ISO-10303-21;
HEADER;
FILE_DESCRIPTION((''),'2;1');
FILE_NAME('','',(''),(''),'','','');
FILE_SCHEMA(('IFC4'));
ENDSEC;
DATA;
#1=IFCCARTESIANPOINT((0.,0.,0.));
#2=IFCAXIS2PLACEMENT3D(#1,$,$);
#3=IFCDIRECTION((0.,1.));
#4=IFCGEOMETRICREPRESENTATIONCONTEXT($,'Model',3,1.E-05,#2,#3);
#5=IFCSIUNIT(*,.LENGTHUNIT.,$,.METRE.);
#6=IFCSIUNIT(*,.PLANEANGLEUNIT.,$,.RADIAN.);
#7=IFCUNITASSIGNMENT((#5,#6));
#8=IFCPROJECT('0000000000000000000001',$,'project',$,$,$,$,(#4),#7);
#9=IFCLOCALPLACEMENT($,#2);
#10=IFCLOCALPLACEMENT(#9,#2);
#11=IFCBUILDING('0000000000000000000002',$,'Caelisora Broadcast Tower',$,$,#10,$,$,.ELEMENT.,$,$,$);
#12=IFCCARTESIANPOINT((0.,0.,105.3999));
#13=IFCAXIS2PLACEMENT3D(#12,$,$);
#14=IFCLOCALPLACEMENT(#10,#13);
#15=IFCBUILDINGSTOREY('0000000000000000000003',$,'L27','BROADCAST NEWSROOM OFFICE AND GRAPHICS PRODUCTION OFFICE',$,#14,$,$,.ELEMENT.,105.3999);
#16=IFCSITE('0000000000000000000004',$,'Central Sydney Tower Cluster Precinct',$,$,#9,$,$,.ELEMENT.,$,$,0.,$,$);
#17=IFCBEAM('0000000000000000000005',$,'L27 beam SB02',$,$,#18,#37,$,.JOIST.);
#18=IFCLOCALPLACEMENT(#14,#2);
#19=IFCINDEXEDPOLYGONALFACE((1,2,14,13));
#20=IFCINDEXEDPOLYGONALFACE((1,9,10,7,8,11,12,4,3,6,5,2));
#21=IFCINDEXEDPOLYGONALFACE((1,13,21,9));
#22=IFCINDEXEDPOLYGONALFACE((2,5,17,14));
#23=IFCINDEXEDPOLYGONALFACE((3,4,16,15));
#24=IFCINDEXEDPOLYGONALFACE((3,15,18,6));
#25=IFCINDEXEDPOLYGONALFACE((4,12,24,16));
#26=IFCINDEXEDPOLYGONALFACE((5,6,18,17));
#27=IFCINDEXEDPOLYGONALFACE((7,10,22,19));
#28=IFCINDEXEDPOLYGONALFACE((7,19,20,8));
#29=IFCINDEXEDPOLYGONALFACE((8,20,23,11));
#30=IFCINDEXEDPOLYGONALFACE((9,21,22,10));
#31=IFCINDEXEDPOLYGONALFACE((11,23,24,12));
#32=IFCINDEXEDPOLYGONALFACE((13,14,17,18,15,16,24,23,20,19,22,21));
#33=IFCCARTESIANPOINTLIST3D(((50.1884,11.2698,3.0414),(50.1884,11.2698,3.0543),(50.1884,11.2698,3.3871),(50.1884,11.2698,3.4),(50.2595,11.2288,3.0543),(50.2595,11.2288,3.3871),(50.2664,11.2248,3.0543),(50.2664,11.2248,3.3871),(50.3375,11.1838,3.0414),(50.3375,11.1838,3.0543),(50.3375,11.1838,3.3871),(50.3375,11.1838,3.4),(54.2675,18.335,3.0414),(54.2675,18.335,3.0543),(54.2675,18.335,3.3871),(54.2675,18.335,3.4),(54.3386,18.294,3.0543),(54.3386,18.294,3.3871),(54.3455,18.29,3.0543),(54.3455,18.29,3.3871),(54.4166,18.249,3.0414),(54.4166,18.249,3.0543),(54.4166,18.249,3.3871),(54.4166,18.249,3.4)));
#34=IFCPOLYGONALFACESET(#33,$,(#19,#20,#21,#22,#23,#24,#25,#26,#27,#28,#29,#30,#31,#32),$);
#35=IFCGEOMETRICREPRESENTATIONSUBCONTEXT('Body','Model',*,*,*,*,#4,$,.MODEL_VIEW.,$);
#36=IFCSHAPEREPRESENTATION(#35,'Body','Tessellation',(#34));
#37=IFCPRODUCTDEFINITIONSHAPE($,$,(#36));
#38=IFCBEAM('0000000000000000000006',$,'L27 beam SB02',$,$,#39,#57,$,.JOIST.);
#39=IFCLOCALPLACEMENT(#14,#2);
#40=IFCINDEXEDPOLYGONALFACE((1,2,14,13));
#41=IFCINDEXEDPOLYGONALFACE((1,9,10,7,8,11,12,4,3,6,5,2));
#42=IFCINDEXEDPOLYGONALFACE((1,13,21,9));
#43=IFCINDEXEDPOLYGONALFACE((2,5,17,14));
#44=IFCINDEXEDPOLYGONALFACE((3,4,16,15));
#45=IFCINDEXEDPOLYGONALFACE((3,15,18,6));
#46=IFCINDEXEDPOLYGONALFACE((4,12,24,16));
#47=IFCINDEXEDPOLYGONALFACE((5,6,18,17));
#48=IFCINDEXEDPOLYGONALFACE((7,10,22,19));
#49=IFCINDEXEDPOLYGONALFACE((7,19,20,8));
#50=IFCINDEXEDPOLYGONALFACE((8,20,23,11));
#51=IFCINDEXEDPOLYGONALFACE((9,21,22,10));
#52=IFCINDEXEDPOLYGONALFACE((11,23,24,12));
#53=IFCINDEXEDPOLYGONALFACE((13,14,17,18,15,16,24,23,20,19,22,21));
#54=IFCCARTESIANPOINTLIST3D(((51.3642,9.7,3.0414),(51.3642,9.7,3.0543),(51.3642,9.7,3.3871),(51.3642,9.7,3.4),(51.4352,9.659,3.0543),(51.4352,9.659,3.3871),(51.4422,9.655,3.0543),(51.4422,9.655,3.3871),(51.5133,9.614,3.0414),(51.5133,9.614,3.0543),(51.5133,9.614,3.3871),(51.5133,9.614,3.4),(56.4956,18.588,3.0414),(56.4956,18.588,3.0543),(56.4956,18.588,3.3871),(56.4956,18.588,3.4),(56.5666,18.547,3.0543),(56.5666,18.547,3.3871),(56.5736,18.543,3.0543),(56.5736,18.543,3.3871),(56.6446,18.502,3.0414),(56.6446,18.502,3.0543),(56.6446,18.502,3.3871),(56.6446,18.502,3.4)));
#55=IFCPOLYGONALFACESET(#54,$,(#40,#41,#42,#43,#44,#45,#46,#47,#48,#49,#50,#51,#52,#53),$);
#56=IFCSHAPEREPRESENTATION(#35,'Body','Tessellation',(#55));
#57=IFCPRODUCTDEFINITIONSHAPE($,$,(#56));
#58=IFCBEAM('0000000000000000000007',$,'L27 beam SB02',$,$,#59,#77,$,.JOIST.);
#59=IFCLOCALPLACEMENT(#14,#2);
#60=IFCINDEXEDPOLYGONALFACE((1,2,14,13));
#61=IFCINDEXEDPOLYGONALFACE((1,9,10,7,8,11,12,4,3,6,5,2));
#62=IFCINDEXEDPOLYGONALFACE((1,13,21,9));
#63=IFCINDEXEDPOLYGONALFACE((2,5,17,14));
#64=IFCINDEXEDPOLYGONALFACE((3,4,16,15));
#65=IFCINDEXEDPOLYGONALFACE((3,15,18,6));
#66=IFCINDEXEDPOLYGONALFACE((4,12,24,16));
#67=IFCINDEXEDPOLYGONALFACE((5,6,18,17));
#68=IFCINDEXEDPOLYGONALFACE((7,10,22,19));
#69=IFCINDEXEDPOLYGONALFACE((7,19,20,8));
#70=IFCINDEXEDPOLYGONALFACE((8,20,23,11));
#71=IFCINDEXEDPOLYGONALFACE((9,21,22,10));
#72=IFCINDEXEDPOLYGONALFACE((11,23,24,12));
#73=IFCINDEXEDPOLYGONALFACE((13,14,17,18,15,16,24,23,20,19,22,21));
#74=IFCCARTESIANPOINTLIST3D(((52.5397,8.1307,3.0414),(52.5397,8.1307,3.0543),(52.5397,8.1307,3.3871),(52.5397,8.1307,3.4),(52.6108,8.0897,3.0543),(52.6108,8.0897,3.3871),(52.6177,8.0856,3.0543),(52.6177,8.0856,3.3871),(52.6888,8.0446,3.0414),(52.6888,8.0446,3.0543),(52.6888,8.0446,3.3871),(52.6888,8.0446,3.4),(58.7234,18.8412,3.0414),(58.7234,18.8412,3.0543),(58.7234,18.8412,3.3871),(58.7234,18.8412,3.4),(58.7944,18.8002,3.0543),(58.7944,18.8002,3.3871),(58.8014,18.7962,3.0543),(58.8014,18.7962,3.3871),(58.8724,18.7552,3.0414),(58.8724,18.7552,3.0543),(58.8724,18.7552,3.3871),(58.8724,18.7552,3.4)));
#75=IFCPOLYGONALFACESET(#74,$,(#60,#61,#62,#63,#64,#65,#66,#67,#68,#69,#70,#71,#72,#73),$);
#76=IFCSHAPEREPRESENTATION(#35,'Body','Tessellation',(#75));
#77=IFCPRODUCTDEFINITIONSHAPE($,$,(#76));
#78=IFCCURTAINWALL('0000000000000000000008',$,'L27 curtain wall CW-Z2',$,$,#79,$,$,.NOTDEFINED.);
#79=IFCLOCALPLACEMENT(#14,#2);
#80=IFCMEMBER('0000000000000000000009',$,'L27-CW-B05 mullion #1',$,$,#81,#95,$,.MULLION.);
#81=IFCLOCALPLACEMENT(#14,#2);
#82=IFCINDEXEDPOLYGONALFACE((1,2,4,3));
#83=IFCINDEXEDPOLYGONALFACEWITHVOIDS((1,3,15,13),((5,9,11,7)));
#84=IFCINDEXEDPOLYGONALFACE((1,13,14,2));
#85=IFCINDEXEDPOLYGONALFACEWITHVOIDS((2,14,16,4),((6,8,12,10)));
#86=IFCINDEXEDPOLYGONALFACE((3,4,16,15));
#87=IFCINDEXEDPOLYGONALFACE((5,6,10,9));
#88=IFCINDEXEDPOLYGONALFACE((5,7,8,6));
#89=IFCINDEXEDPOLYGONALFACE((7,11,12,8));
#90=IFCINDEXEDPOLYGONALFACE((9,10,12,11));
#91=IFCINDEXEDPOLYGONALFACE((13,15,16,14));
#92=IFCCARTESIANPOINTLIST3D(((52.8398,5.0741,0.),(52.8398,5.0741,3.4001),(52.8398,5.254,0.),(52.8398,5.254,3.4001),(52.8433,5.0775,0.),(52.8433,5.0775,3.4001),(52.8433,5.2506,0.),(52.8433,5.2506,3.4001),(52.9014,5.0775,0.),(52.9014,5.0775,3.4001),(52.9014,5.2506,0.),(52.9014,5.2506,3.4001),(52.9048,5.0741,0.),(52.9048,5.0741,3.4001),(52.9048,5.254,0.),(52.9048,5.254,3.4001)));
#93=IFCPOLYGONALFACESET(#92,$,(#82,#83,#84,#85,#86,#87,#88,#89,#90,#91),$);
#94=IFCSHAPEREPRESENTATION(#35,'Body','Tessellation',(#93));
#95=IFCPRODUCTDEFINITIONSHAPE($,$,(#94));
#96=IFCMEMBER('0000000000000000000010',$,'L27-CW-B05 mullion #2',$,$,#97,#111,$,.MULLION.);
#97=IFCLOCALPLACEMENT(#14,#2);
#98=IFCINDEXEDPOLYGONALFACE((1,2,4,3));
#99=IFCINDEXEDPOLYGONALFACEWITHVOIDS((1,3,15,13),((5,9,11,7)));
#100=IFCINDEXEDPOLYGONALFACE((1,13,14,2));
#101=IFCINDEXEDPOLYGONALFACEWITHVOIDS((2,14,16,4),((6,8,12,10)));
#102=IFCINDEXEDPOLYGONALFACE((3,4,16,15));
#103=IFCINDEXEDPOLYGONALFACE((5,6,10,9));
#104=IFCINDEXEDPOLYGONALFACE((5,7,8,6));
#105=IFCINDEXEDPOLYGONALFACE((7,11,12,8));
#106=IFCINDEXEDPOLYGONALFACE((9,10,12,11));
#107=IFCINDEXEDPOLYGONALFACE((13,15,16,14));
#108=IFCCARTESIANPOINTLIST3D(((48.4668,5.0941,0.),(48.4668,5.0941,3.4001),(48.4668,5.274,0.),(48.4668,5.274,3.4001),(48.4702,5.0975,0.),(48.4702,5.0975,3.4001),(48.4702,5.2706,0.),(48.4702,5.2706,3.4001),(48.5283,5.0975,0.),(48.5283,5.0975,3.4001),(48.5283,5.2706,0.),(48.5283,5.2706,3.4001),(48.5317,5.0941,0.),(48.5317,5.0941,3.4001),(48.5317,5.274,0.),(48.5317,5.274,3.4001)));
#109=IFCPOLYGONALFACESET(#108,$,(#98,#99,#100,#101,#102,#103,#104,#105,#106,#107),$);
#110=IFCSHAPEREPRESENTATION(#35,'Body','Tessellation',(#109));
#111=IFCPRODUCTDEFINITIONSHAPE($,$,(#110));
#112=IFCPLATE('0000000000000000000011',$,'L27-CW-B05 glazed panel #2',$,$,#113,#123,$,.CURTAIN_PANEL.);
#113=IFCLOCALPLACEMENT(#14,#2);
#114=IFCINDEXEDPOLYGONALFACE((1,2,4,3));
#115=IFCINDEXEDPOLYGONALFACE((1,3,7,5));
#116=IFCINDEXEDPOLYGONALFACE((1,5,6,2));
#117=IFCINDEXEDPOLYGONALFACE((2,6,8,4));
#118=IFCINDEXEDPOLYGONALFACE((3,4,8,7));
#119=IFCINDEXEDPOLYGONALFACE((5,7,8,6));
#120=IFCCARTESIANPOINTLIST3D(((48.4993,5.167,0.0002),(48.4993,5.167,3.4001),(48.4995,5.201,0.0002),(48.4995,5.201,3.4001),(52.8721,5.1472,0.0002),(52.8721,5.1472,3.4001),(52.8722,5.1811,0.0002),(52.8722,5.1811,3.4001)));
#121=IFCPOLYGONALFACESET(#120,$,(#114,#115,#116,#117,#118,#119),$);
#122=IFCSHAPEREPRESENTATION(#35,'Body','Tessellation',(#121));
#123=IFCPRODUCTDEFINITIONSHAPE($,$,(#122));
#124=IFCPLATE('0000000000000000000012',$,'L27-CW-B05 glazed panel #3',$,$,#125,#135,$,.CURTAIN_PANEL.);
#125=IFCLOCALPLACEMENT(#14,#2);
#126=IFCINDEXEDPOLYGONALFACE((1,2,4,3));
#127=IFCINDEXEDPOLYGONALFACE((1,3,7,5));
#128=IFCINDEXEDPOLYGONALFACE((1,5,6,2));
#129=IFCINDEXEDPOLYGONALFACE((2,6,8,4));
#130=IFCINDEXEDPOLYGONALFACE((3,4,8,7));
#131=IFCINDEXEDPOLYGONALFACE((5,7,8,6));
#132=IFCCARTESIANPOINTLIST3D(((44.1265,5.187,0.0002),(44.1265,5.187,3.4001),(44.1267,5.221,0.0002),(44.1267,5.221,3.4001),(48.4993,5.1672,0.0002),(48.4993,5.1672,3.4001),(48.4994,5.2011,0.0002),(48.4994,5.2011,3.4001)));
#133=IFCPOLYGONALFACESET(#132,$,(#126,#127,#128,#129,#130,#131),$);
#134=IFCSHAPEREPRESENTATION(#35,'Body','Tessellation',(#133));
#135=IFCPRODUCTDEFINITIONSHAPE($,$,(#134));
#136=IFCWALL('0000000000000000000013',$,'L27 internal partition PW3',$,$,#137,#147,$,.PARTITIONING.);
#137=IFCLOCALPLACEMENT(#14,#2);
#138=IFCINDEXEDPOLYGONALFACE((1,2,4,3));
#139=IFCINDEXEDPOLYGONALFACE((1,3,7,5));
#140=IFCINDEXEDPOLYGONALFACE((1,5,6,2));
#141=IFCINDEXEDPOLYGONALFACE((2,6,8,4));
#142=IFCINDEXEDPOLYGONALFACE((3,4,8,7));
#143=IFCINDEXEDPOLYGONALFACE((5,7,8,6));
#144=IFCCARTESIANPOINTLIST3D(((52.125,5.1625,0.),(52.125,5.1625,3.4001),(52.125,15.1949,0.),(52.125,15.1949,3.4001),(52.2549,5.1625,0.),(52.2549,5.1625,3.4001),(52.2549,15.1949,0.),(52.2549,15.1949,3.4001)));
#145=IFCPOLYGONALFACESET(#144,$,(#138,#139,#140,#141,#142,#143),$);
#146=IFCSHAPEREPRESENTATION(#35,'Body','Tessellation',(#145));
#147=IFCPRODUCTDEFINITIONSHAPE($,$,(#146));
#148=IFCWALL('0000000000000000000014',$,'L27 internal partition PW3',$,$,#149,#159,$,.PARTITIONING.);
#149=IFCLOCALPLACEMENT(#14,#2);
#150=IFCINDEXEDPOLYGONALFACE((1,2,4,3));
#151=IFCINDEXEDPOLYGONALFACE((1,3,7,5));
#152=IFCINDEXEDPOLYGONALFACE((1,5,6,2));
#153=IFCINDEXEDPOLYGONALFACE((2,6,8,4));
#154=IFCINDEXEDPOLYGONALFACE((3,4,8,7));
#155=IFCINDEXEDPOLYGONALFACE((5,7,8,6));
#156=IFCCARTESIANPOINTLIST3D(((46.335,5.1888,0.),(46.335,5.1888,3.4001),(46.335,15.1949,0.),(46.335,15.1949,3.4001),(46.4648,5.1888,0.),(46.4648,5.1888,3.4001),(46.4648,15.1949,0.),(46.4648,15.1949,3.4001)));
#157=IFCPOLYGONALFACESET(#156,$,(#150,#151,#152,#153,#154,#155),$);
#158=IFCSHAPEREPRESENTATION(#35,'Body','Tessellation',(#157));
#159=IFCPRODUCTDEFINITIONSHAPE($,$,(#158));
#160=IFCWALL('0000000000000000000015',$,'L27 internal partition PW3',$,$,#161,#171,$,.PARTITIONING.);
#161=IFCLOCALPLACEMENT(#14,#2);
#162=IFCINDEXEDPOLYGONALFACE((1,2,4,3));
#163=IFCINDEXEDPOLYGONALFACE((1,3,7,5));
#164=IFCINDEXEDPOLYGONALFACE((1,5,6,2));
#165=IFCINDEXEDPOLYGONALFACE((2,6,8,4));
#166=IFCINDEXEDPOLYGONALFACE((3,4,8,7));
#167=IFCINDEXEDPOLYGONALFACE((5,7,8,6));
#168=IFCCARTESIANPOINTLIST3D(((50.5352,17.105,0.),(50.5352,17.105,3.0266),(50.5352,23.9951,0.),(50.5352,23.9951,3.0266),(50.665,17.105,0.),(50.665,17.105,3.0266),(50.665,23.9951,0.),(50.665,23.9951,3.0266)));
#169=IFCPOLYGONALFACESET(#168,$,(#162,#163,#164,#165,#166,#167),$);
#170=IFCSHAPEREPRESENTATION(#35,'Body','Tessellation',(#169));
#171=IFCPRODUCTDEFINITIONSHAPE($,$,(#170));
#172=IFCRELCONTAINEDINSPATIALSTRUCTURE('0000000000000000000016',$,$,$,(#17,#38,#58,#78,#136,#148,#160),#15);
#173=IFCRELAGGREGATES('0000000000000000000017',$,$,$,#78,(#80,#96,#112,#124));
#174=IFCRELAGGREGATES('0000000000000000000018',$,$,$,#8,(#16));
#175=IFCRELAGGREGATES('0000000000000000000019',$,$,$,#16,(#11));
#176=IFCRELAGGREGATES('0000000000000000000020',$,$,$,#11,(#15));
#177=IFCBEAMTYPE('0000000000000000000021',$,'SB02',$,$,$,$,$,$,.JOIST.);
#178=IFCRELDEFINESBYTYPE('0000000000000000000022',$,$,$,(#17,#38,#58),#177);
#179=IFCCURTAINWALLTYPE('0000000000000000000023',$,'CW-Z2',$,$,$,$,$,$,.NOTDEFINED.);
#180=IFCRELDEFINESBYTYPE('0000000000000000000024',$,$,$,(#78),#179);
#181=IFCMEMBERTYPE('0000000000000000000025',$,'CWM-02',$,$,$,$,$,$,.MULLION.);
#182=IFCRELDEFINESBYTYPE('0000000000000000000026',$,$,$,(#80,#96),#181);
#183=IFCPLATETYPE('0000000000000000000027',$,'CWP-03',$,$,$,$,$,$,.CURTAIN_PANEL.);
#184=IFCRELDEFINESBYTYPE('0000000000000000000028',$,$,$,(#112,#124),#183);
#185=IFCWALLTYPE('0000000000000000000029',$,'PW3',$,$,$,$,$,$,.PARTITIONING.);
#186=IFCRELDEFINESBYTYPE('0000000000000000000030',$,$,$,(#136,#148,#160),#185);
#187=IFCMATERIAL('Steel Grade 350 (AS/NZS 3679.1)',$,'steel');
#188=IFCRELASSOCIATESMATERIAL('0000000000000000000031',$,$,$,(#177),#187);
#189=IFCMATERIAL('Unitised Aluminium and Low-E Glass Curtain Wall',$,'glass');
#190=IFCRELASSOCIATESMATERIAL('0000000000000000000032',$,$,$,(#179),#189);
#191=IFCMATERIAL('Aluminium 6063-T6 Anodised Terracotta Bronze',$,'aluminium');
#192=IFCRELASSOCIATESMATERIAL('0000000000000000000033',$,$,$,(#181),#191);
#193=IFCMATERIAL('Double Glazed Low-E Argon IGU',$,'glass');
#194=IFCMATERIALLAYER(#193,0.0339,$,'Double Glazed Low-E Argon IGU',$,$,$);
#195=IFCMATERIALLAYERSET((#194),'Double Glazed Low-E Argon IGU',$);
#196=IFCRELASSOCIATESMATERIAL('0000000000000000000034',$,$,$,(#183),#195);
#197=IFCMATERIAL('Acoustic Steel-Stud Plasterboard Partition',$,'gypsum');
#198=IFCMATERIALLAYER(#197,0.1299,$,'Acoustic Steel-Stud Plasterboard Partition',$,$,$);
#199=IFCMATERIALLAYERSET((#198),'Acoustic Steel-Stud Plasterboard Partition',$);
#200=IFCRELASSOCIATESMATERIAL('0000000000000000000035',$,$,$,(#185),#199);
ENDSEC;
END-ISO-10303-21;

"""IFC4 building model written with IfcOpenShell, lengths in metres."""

from ifc_helpers import new_model, si_unit, direction, frame, frame_2d, origin, origin_2d, place, context, subcontext, project, spatial, rectangle, hollow_rectangle, i_section, extrude, source, transform, mapped, material, layer, layer_set, material_profile, profile_set, type_object, type_shapes, element, aggregate, save


model = new_model("IFC4")

# Units and contexts
model_context = context("Model", 3, precision=1e-05, world=origin(), true_north=direction((0.0, 1.0)))
body_context = subcontext(model_context, "Body", "Model", "MODEL_VIEW")
ifc_project = project(units=[si_unit("LENGTHUNIT", "METRE"), si_unit("PLANEANGLEUNIT", "RADIAN")], contexts=[model_context])

# Site, building, storey
site_placement = place(None, origin())
site = spatial("IfcSite", under=ifc_project, at=site_placement, Name="Central Sydney Tower Cluster Precinct", CompositionType="ELEMENT", RefElevation=0.0)
building_placement = place(site_placement, origin())
building = spatial("IfcBuilding", under=site, at=building_placement, Name="Caelisora Broadcast Tower", CompositionType="ELEMENT")
storey_placement = place(building_placement, frame((0.0, 0.0, 105.3999)))
storey = spatial("IfcBuildingStorey", under=building, at=storey_placement, Name="L27", Description="BROADCAST NEWSROOM OFFICE AND GRAPHICS PRODUCTION OFFICE", CompositionType="ELEMENT", Elevation=105.3999)

# Beams
ifc_material_1 = material(Name="Steel Grade 350 (AS/NZS 3679.1)", Category="steel")
ifc_material_profile_1 = material_profile(ifc_material_1, i_section(OverallWidth=0.1721, OverallDepth=0.3586, WebThickness=0.0081, FlangeThickness=0.0129, at=origin_2d()), Name="Steel Grade 350 (AS/NZS 3679.1)")
ifc_profile_set_1 = profile_set([ifc_material_profile_1], Name="Steel Grade 350 (AS/NZS 3679.1)")
beam_type_1 = type_object("IfcBeamType", Name="SB02", PredefinedType="JOIST", material=ifc_profile_set_1)
shared_shape_1 = source(origin(), body_context, "Body", "SweptSolid", [
    extrude(i_section(OverallWidth=0.1721, OverallDepth=0.3586, WebThickness=0.0081, FlangeThickness=0.0129, at=origin_2d()), origin(), (0.0, 0.0, 1.0), 8.1582),
])
beam_1_placement = place(storey_placement, frame((50.2629, 11.2268, 3.2207), z_axis=(0.500001, 0.866025, 0.0), x_axis=(-0.866025, 0.500001, 0.0)))
element("IfcBeam", 1, at=beam_1_placement, inside=storey, type_object=beam_type_1, Name="L27 beam SB02", PredefinedType="JOIST", context=body_context, shape_type="MappedRepresentation", body=[
    mapped(shared_shape_1, transform((0.0, 0.0, 0.0), scale=1.0)),
])
shared_shape_2 = source(origin(), body_context, "Body", "SweptSolid", [
    extrude(i_section(OverallWidth=0.1721, OverallDepth=0.3586, WebThickness=0.0081, FlangeThickness=0.0129, at=origin_2d()), origin(), (0.0, 0.0, 1.0), 10.2629),
])
beam_2_placement = place(storey_placement, frame((51.4387, 9.657, 3.2207), z_axis=(0.499992, 0.86603, 0.0), x_axis=(-0.86603, 0.499992, 0.0)))
element("IfcBeam", 2, at=beam_2_placement, inside=storey, type_object=beam_type_1, Name="L27 beam SB02", PredefinedType="JOIST", context=body_context, shape_type="MappedRepresentation", body=[
    mapped(shared_shape_2, transform((0.0, 0.0, 0.0), scale=1.0)),
])
shared_shape_3 = source(origin(), body_context, "Body", "SweptSolid", [
    extrude(i_section(OverallWidth=0.1721, OverallDepth=0.3586, WebThickness=0.0081, FlangeThickness=0.0129, at=origin_2d()), origin(), (0.0, 0.0, 1.0), 12.3674),
])
beam_3_placement = place(storey_placement, frame((52.6143, 8.0876, 3.2207), z_axis=(0.499995, 0.866028, 0.0), x_axis=(-0.866028, 0.499995, 0.0)))
element("IfcBeam", 3, at=beam_3_placement, inside=storey, type_object=beam_type_1, Name="L27 beam SB02", PredefinedType="JOIST", context=body_context, shape_type="MappedRepresentation", body=[
    mapped(shared_shape_3, transform((0.0, 0.0, 0.0), scale=1.0)),
])

# Curtain wall, members, plates
ifc_material_2 = material(Name="Unitised Aluminium and Low-E Glass Curtain Wall", Category="glass")
curtain_wall_type = type_object("IfcCurtainWallType", Name="CW-Z2", PredefinedType="NOTDEFINED", material=ifc_material_2)
curtain_wall_placement = place(storey_placement, origin())
curtain_wall = element("IfcCurtainWall", 4, at=curtain_wall_placement, inside=storey, type_object=curtain_wall_type, Name="L27 curtain wall CW-Z2", PredefinedType="NOTDEFINED")
ifc_material_3 = material(Name="Aluminium 6063-T6 Anodised Terracotta Bronze", Category="aluminium")
ifc_material_profile_2 = material_profile(ifc_material_3, hollow_rectangle(XDim=0.0649, YDim=0.1799, WallThickness=0.0034, at=origin_2d()), Name="Aluminium 6063-T6 Anodised Terracotta Bronze")
ifc_profile_set_2 = profile_set([ifc_material_profile_2], Name="Aluminium 6063-T6 Anodised Terracotta Bronze")
member_type = type_object("IfcMemberType", Name="CWM-02", PredefinedType="MULLION", material=ifc_profile_set_2)
shared_shape_4 = source(origin(), body_context, "Body", "SweptSolid", [
    extrude(hollow_rectangle(XDim=0.0649, YDim=0.1799, WallThickness=0.0034, at=origin_2d()), origin(), (0.0, 0.0, 1.0), 3.4001),
])
type_shapes(member_type, [shared_shape_4])
member_1_placement = place(storey_placement, frame((52.8723, 5.1641, 0.0), z_axis=(0.0, 0.0, 1.0), x_axis=(1.0, 0.0, 0.0)))
member_1 = element("IfcMember", 5, at=member_1_placement, type_object=member_type, Name="L27-CW-B05 mullion #1", PredefinedType="MULLION", context=body_context, shape_type="MappedRepresentation", body=[
    mapped(shared_shape_4, transform((0.0, 0.0, 0.0), scale=1.0)),
])
member_2_placement = place(storey_placement, frame((48.4993, 5.1841, 0.0), z_axis=(0.0, 0.0, 1.0), x_axis=(1.0, 0.0, 0.0)))
member_2 = element("IfcMember", 6, at=member_2_placement, type_object=member_type, Name="L27-CW-B05 mullion #2", PredefinedType="MULLION", context=body_context, shape_type="MappedRepresentation", body=[
    mapped(shared_shape_4, transform((0.0, 0.0, 0.0), scale=1.0)),
])
ifc_material_4 = material(Name="Double Glazed Low-E Argon IGU", Category="glass")
ifc_layer_1 = layer(ifc_material_4, 0.0339, Name="Double Glazed Low-E Argon IGU")
ifc_layer_set_1 = layer_set([ifc_layer_1], Name="Double Glazed Low-E Argon IGU")
plate_type = type_object("IfcPlateType", Name="CWP-03", PredefinedType="CURTAIN_PANEL", material=ifc_layer_set_1)
shared_shape_5 = source(origin(), body_context, "Body", "SweptSolid", [
    extrude(rectangle(XDim=4.3728, YDim=0.0339, at=origin_2d()), origin(), (0.0, 0.0, 1.0), 3.3999),
])
type_shapes(plate_type, [shared_shape_5])
plate_1_placement = place(storey_placement, frame((50.6858, 5.1741, 0.0002), z_axis=(0.0, 0.0, 1.0), x_axis=(-0.99999, 0.004538, 0.0)))
plate_1 = element("IfcPlate", 7, at=plate_1_placement, type_object=plate_type, Name="L27-CW-B05 glazed panel #2", PredefinedType="CURTAIN_PANEL", context=body_context, shape_type="MappedRepresentation", body=[
    mapped(shared_shape_5, transform((0.0, 0.0, 0.0), scale=1.0)),
])
plate_2_placement = place(storey_placement, frame((46.313, 5.1941, 0.0002), z_axis=(0.0, 0.0, 1.0), x_axis=(-0.99999, 0.004538, 0.0)))
plate_2 = element("IfcPlate", 8, at=plate_2_placement, type_object=plate_type, Name="L27-CW-B05 glazed panel #3", PredefinedType="CURTAIN_PANEL", context=body_context, shape_type="MappedRepresentation", body=[
    mapped(shared_shape_5, transform((0.0, 0.0, 0.0), scale=1.0)),
])
aggregate(curtain_wall, [member_1, member_2, plate_1, plate_2])

# Walls
ifc_material_5 = material(Name="Acoustic Steel-Stud Plasterboard Partition", Category="gypsum")
ifc_layer_2 = layer(ifc_material_5, 0.1299, Name="Acoustic Steel-Stud Plasterboard Partition")
ifc_layer_set_2 = layer_set([ifc_layer_2], Name="Acoustic Steel-Stud Plasterboard Partition")
wall_type = type_object("IfcWallType", Name="PW3", PredefinedType="PARTITIONING", material=ifc_layer_set_2)
wall_1_placement = place(storey_placement, frame((52.1899, 5.1626, 0.0), z_axis=(0.0, 0.0, 1.0), x_axis=(0.0, 1.0, 0.0)))
element("IfcWall", 9, at=wall_1_placement, inside=storey, type_object=wall_type, Name="L27 internal partition PW3", PredefinedType="PARTITIONING", context=body_context, shape_type="SweptSolid", body=[
    extrude(rectangle(XDim=10.0325, YDim=0.1299, at=frame_2d((5.0161, 0.0))), origin(), (0.0, 0.0, 1.0), 3.4001),
])
wall_2_placement = place(storey_placement, frame((46.3999, 5.189, 0.0), z_axis=(0.0, 0.0, 1.0), x_axis=(0.0, 1.0, 0.0)))
element("IfcWall", 10, at=wall_2_placement, inside=storey, type_object=wall_type, Name="L27 internal partition PW3", PredefinedType="PARTITIONING", context=body_context, shape_type="SweptSolid", body=[
    extrude(rectangle(XDim=10.0061, YDim=0.1299, at=frame_2d((5.0029, 0.0))), origin(), (0.0, 0.0, 1.0), 3.4001),
])
wall_3_placement = place(storey_placement, frame((50.6001, 17.105, 0.0), z_axis=(0.0, 0.0, 1.0), x_axis=(0.0, 1.0, 0.0)))
element("IfcWall", 11, at=wall_3_placement, inside=storey, type_object=wall_type, Name="L27 internal partition PW3", PredefinedType="PARTITIONING", context=body_context, shape_type="SweptSolid", body=[
    extrude(rectangle(XDim=6.8901, YDim=0.1299, at=frame_2d((3.4451, 0.0))), origin(), (0.0, 0.0, 1.0), 3.0266),
])

save(model, "model.ifc")
